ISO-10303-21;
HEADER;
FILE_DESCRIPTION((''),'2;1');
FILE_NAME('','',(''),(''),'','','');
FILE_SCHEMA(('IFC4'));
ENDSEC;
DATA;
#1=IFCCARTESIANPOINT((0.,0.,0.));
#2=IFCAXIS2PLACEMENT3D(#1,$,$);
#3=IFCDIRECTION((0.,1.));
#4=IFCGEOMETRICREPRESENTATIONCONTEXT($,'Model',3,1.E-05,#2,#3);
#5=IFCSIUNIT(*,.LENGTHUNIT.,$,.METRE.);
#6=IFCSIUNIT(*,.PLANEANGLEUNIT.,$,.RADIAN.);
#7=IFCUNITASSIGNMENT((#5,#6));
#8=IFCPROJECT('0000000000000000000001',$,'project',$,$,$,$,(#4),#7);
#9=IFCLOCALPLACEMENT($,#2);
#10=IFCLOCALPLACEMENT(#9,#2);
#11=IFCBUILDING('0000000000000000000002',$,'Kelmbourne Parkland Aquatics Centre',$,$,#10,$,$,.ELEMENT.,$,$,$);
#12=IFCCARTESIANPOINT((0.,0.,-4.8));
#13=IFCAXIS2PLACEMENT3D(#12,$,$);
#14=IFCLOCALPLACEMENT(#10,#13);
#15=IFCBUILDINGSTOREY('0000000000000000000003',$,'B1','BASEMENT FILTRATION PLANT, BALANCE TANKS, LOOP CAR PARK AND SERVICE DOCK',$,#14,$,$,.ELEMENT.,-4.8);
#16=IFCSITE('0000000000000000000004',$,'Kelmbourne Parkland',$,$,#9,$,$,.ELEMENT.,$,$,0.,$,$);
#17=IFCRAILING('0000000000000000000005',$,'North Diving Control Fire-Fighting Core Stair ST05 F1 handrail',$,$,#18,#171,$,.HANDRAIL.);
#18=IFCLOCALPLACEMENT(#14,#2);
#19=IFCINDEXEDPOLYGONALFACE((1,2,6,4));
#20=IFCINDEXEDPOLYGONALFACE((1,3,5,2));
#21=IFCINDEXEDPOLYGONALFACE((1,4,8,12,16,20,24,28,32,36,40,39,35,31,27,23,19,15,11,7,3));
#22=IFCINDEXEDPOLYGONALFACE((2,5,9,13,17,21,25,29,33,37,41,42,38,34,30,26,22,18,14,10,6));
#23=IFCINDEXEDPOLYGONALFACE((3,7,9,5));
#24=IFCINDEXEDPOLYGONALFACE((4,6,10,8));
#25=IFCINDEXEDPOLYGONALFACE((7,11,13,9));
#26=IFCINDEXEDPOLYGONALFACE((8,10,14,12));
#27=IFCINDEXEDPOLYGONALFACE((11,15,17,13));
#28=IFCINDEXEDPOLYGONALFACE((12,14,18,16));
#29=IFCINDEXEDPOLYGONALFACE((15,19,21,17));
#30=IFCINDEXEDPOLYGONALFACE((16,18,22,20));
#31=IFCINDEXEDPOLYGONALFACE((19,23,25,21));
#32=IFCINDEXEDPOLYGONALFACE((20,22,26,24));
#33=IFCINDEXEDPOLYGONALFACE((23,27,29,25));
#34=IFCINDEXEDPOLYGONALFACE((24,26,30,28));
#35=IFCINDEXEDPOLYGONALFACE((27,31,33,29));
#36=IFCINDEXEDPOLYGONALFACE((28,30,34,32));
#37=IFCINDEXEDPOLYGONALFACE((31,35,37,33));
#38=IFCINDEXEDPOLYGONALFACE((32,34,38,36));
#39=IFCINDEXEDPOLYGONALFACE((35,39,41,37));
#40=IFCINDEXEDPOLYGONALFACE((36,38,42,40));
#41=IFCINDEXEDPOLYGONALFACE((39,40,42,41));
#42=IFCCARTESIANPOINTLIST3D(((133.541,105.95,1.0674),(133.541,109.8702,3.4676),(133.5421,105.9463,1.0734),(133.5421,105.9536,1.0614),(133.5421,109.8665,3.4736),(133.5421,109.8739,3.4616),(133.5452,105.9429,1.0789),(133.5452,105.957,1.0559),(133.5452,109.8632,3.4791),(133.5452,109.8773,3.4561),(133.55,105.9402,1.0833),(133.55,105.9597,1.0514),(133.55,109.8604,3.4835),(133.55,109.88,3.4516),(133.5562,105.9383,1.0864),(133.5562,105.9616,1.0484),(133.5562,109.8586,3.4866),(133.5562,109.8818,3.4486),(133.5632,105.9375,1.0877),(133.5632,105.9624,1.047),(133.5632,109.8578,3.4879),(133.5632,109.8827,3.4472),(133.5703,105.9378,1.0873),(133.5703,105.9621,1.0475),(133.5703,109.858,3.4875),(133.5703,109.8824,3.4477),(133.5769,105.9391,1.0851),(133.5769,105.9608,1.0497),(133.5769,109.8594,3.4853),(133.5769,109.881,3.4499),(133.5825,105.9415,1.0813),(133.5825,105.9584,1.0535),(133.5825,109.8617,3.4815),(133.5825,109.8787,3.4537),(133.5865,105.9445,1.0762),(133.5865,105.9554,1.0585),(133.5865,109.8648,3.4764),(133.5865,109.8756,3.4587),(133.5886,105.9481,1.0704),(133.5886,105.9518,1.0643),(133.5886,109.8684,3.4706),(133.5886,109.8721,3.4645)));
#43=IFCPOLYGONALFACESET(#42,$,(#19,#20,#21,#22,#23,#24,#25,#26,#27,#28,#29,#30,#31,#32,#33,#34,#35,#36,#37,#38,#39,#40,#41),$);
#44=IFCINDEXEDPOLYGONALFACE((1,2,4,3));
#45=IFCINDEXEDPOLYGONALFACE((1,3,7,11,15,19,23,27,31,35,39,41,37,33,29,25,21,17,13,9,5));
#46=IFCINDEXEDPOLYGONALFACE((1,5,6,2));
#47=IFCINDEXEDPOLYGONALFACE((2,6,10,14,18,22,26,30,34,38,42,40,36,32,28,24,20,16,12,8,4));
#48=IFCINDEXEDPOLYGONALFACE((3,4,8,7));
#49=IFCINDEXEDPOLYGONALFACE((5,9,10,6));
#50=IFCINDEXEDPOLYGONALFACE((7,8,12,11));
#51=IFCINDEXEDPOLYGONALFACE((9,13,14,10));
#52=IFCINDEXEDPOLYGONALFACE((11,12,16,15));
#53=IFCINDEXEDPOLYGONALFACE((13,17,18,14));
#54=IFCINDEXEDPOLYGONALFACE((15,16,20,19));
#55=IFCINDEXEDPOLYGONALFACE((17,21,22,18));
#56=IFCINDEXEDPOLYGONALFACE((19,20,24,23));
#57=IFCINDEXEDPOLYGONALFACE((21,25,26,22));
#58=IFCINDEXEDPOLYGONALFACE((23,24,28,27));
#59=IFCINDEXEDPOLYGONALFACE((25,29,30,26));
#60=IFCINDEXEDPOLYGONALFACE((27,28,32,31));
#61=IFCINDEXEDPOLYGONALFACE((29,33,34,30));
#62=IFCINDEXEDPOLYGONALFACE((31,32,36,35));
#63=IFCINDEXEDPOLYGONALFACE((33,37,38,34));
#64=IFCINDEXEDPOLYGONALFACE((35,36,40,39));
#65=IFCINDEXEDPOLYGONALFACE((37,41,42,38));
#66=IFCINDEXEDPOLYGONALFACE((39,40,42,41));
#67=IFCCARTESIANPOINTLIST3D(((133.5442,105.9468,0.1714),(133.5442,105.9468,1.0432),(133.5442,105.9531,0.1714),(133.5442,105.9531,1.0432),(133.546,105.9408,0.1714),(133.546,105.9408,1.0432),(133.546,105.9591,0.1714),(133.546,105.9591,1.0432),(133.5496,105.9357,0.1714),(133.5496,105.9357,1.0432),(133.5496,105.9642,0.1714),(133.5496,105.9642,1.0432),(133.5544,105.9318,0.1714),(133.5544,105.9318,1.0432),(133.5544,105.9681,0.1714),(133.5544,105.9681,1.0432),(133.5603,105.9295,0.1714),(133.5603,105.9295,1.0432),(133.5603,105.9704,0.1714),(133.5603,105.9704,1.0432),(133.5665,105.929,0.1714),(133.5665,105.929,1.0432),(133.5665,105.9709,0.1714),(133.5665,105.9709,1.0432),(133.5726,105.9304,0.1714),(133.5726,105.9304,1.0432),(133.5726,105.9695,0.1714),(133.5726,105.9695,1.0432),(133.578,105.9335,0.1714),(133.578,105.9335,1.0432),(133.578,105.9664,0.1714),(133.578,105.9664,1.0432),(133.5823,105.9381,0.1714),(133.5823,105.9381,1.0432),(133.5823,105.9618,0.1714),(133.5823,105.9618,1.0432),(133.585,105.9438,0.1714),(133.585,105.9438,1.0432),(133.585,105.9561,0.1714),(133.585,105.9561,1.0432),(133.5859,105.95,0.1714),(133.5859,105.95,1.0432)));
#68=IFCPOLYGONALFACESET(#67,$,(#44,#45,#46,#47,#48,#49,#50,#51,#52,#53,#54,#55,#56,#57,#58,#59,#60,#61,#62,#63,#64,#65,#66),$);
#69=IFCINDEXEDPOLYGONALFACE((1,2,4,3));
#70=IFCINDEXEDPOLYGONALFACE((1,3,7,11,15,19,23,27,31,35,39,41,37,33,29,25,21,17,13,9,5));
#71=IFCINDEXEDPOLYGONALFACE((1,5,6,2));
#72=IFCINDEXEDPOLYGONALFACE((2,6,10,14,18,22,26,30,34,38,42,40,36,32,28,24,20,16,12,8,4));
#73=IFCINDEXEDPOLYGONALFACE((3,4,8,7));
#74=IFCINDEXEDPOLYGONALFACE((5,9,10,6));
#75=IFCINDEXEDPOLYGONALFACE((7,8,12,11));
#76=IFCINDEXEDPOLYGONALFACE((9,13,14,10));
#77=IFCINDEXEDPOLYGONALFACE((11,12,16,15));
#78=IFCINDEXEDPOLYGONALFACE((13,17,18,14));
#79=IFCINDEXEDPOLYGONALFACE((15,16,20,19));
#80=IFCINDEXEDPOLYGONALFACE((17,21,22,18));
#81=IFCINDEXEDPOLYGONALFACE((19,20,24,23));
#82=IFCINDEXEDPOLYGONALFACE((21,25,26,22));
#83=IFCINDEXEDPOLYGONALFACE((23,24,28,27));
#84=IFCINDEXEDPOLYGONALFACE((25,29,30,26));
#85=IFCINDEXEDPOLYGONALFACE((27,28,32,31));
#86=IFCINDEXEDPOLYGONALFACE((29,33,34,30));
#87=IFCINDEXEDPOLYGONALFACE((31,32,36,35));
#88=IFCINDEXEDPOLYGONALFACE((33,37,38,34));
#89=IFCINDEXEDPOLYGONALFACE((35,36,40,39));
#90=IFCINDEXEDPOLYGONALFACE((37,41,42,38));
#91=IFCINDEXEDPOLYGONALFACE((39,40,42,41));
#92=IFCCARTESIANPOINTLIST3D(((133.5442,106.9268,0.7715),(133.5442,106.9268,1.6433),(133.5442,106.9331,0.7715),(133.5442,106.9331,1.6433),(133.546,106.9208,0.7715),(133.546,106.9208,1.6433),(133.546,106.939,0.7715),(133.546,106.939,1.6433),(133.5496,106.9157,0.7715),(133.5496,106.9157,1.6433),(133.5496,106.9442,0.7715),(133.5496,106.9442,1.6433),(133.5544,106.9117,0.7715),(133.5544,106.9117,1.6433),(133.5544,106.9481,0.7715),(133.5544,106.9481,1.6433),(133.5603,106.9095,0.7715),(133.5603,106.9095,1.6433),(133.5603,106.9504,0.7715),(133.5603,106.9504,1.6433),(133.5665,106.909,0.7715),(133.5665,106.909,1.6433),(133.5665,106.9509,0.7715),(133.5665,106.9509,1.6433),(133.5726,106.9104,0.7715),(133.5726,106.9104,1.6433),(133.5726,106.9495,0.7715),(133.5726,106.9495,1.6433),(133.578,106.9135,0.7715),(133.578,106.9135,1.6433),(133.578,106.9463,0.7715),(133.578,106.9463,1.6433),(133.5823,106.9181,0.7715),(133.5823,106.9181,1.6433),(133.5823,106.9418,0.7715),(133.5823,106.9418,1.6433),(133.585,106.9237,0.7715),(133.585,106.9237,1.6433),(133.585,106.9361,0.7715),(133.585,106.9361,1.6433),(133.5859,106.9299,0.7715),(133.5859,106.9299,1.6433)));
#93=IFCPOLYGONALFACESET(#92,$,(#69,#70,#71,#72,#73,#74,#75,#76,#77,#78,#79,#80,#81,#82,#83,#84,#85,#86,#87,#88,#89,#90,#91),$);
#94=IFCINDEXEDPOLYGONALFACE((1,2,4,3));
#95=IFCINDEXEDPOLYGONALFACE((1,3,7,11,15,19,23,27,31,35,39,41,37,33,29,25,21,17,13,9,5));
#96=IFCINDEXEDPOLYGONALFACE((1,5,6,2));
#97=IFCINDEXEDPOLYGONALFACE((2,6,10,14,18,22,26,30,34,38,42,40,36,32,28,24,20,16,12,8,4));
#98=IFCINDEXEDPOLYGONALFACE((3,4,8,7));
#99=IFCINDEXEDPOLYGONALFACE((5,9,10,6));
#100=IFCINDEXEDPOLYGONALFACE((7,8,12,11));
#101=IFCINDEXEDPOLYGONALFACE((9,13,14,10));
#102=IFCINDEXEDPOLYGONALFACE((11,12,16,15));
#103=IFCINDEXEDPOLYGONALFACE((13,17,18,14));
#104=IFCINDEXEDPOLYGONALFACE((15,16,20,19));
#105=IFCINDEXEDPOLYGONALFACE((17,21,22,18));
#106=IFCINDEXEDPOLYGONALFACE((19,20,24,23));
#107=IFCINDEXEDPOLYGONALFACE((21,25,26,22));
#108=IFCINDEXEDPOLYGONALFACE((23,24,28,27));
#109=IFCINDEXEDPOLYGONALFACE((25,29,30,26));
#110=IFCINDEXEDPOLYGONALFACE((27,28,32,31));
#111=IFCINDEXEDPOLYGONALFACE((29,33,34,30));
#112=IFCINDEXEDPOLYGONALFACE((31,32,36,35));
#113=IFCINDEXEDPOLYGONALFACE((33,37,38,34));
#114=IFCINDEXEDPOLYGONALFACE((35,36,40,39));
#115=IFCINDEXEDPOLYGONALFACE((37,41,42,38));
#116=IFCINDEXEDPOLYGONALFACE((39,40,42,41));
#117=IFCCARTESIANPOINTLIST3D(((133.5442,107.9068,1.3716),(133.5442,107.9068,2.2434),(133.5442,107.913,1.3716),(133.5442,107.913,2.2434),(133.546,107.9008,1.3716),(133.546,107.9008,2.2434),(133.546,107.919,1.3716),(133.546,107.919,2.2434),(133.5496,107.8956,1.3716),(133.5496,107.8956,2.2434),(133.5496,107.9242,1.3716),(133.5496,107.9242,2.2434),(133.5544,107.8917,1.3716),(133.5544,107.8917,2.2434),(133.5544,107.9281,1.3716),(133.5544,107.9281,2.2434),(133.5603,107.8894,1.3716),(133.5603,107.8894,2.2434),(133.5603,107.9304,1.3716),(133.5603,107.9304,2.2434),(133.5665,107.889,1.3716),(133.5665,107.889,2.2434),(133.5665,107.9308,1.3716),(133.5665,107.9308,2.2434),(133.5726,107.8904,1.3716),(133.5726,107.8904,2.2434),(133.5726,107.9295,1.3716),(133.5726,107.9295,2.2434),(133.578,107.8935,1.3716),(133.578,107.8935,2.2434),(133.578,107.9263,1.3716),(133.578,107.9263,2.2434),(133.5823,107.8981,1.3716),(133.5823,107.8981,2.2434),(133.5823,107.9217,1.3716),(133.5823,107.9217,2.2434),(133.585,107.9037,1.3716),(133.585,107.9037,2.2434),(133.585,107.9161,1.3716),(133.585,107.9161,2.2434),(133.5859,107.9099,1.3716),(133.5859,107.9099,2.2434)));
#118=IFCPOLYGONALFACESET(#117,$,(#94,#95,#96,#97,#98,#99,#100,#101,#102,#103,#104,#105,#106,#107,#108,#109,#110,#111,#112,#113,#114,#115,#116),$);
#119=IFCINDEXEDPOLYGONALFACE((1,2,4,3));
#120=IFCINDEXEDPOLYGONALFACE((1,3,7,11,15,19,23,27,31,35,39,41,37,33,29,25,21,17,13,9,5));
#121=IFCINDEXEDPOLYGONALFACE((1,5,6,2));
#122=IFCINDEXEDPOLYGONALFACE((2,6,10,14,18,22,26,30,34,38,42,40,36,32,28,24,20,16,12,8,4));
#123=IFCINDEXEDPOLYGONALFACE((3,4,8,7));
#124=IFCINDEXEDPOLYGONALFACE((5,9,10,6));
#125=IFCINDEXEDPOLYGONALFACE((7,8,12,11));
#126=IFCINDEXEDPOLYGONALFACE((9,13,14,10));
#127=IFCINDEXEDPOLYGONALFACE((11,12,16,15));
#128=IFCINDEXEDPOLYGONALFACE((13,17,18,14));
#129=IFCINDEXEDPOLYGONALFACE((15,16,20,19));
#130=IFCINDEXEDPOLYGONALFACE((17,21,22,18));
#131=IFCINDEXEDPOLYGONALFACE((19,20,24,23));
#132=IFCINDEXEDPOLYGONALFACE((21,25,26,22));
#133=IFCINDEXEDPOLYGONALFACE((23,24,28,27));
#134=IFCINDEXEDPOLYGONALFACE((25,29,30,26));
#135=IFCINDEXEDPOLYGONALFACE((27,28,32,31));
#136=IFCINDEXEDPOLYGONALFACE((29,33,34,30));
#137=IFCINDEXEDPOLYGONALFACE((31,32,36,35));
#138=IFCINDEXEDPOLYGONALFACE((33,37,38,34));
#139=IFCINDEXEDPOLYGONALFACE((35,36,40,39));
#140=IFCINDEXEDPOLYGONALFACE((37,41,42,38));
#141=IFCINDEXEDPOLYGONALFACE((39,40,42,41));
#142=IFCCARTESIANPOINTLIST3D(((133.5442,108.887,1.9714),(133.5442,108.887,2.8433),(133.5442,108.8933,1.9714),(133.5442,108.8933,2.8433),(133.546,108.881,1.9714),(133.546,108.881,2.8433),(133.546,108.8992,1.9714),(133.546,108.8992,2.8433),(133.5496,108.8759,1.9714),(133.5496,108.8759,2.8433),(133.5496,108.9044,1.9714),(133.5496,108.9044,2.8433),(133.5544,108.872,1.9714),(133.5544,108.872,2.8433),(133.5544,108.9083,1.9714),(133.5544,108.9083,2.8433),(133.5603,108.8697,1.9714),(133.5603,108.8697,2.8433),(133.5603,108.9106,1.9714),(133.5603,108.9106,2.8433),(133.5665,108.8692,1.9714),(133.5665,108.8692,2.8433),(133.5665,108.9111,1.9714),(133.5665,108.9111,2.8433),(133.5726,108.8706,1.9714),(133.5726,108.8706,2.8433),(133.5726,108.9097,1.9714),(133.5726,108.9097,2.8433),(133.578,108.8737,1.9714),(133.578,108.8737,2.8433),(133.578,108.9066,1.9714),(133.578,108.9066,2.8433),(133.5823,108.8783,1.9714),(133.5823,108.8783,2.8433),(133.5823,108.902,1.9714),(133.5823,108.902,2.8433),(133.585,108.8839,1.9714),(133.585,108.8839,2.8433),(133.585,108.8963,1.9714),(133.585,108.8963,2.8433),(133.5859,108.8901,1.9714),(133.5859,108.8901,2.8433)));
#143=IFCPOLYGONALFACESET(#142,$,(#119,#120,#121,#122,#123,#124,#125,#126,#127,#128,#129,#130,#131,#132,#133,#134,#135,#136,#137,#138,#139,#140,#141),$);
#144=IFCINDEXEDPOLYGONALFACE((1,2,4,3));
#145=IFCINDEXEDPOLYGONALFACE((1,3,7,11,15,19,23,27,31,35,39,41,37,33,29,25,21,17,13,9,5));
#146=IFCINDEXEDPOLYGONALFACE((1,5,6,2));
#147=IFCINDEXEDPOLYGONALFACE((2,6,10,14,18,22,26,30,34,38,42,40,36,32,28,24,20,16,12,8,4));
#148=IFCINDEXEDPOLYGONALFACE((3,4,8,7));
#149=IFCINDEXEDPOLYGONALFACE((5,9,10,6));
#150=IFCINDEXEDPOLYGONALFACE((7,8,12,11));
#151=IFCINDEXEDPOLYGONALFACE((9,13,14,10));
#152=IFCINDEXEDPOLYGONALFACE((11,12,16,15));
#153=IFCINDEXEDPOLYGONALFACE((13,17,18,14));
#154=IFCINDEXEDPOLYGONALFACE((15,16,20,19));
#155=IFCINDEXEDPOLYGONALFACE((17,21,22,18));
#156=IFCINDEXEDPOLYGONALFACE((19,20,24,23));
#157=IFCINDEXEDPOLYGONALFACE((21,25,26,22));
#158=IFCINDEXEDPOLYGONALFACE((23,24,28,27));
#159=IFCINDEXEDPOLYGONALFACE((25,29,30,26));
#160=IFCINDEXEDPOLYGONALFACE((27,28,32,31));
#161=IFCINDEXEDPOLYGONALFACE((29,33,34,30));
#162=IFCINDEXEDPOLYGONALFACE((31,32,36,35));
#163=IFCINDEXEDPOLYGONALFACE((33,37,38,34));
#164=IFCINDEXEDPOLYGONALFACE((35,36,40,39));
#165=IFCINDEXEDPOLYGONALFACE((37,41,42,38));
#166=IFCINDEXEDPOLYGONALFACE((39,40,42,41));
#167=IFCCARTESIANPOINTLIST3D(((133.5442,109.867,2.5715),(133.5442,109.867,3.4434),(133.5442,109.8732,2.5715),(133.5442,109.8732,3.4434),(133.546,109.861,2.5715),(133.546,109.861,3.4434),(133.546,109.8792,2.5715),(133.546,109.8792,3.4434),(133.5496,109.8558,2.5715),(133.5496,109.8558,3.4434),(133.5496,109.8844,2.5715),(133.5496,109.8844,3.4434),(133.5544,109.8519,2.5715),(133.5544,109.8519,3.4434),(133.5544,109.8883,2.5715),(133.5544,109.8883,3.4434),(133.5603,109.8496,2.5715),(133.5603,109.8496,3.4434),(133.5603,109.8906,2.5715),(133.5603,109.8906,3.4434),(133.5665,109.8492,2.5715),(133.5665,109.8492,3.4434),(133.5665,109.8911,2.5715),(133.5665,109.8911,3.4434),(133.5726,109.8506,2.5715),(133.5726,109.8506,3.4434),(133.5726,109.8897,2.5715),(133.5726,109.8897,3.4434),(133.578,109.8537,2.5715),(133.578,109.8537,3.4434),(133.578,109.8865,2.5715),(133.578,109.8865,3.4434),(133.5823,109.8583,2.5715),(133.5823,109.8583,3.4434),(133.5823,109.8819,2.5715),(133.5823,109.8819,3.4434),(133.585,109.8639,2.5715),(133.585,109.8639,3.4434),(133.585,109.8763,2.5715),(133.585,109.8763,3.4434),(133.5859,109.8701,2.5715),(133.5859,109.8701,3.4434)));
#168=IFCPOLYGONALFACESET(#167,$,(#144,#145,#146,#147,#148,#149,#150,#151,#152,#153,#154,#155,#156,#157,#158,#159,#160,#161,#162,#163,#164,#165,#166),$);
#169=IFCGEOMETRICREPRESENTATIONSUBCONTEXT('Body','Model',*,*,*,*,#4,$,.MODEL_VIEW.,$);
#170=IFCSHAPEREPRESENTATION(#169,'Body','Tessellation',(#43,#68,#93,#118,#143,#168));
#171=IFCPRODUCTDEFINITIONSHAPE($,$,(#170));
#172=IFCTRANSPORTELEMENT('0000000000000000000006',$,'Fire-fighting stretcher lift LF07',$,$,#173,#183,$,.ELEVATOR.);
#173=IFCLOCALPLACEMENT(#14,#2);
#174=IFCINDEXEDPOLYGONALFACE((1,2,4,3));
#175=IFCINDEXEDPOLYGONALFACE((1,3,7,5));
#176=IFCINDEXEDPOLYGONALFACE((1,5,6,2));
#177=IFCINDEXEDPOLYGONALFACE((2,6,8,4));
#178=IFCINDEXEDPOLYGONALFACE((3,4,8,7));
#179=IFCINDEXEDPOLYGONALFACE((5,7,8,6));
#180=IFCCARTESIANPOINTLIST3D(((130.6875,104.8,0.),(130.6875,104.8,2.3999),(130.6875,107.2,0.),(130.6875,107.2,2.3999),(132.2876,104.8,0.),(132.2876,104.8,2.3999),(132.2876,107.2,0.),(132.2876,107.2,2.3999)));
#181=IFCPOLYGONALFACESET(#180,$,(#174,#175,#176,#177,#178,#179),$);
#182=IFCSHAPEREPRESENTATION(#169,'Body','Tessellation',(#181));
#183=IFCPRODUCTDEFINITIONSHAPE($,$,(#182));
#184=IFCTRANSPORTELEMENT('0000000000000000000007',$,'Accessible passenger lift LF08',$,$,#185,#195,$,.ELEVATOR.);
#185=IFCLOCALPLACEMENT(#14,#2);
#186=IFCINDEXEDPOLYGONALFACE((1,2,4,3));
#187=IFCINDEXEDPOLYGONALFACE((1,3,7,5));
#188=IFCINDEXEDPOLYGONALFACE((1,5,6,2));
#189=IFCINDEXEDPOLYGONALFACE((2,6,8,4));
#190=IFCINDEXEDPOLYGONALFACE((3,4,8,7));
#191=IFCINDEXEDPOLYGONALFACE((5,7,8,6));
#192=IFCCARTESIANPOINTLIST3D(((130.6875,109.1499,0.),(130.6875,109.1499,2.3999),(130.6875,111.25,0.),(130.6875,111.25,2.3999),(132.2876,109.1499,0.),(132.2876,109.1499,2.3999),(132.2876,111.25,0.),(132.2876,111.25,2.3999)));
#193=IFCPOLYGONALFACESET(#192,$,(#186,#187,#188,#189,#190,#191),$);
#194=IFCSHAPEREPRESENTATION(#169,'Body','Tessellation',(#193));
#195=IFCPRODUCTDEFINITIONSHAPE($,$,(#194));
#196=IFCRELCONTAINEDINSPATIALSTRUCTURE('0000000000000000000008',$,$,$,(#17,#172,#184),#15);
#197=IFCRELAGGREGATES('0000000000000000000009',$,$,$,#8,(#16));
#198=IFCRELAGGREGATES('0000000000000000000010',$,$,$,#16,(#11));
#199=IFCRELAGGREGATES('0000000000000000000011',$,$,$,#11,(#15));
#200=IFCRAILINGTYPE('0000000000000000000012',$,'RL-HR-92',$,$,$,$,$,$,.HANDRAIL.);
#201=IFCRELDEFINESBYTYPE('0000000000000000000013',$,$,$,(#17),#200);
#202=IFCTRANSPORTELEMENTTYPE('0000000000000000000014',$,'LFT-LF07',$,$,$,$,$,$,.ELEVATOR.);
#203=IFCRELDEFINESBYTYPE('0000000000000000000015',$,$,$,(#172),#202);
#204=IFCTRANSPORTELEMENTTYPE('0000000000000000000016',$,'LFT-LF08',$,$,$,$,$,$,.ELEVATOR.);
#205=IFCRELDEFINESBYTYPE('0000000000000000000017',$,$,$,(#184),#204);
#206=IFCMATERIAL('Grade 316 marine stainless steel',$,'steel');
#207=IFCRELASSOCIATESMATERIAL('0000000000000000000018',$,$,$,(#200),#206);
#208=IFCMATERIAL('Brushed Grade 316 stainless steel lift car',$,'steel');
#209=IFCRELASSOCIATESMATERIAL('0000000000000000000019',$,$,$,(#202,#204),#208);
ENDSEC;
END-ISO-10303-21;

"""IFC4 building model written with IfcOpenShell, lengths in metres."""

from ifc_helpers import new_model, si_unit, direction, frame, origin, origin_2d, place, context, subcontext, project, spatial, rectangle, circle, extrude, material, type_object, element, save


model = new_model("IFC4")

# Units and contexts
model_context = context("Model", 3, precision=1e-05, world=origin(), true_north=direction((0.0, 1.0)))
body_context = subcontext(model_context, "Body", "Model", "MODEL_VIEW")
ifc_project = project(units=[si_unit("LENGTHUNIT", "METRE"), si_unit("PLANEANGLEUNIT", "RADIAN")], contexts=[model_context])

# Site, building, storey
site_placement = place(None, origin())
site = spatial("IfcSite", under=ifc_project, at=site_placement, Name="Kelmbourne Parkland", CompositionType="ELEMENT", RefElevation=0.0)
building_placement = place(site_placement, origin())
building = spatial("IfcBuilding", under=site, at=building_placement, Name="Kelmbourne Parkland Aquatics Centre", CompositionType="ELEMENT")
storey_placement = place(building_placement, frame((0.0, 0.0, -4.8)))
storey = spatial("IfcBuildingStorey", under=building, at=storey_placement, Name="B1", Description="BASEMENT FILTRATION PLANT, BALANCE TANKS, LOOP CAR PARK AND SERVICE DOCK", CompositionType="ELEMENT", Elevation=-4.8)

# Railing
ifc_material_1 = material(Name="Grade 316 marine stainless steel", Category="steel")
railing_type_1 = type_object("IfcRailingType", Name="RL-HR-92", PredefinedType="HANDRAIL", material=ifc_material_1)
railing_1_placement = place(storey_placement, frame((133.5649, 105.95, 0.1714)))
element("IfcRailing", 1, at=railing_1_placement, inside=storey, type_object=railing_type_1, Name="North Diving Control Fire-Fighting Core Stair ST05 F1 handrail", PredefinedType="HANDRAIL", context=body_context, shape_type="SweptSolid", body=[
    extrude(circle(Radius=0.0239, at=origin_2d()), frame((0.0, 0.0, 0.896), z_axis=(0.0, 0.852847, 0.522161), x_axis=(-1.0, 0.0, 0.0)), (0.0, 0.0, 1.0), 4.5967),
    extrude(circle(Radius=0.021, at=origin_2d()), origin(), (0.0, 0.0, 1.0), 0.8718),
    extrude(circle(Radius=0.021, at=origin_2d()), frame((0.0, 0.98, 0.6001)), (0.0, 0.0, 1.0), 0.8718),
    extrude(circle(Radius=0.021, at=origin_2d()), frame((0.0, 1.96, 1.2002)), (0.0, 0.0, 1.0), 0.8718),
    extrude(circle(Radius=0.021, at=origin_2d()), frame((0.0, 2.9402, 1.8)), (0.0, 0.0, 1.0), 0.8718),
    extrude(circle(Radius=0.021, at=origin_2d()), frame((0.0, 3.9202, 2.4001)), (0.0, 0.0, 1.0), 0.8718),
])

# Transport elements
ifc_material_2 = material(Name="Brushed Grade 316 stainless steel lift car", Category="steel")
transport_element_type_1 = type_object("IfcTransportElementType", Name="LFT-LF07", PredefinedType="ELEVATOR", material=ifc_material_2)
transport_element_1_placement = place(storey_placement, frame((131.4875, 106.0, 0.0), z_axis=(0.0, 0.0, 1.0), x_axis=(1.0, 0.0, 0.0)))
element("IfcTransportElement", 2, at=transport_element_1_placement, inside=storey, type_object=transport_element_type_1, Name="Fire-fighting stretcher lift LF07", PredefinedType="ELEVATOR", context=body_context, shape_type="SweptSolid", body=[
    extrude(rectangle(XDim=1.6001, YDim=2.3999, at=origin_2d()), origin(), (0.0, 0.0, 1.0), 2.3999),
])
transport_element_type_2 = type_object("IfcTransportElementType", Name="LFT-LF08", PredefinedType="ELEVATOR", material=ifc_material_2)
transport_element_2_placement = place(storey_placement, frame((131.4875, 110.2, 0.0), z_axis=(0.0, 0.0, 1.0), x_axis=(1.0, 0.0, 0.0)))
element("IfcTransportElement", 3, at=transport_element_2_placement, inside=storey, type_object=transport_element_type_2, Name="Accessible passenger lift LF08", PredefinedType="ELEVATOR", context=body_context, shape_type="SweptSolid", body=[
    extrude(rectangle(XDim=1.6001, YDim=2.1001, at=origin_2d()), origin(), (0.0, 0.0, 1.0), 2.3999),
])

save(model, "model.ifc")
